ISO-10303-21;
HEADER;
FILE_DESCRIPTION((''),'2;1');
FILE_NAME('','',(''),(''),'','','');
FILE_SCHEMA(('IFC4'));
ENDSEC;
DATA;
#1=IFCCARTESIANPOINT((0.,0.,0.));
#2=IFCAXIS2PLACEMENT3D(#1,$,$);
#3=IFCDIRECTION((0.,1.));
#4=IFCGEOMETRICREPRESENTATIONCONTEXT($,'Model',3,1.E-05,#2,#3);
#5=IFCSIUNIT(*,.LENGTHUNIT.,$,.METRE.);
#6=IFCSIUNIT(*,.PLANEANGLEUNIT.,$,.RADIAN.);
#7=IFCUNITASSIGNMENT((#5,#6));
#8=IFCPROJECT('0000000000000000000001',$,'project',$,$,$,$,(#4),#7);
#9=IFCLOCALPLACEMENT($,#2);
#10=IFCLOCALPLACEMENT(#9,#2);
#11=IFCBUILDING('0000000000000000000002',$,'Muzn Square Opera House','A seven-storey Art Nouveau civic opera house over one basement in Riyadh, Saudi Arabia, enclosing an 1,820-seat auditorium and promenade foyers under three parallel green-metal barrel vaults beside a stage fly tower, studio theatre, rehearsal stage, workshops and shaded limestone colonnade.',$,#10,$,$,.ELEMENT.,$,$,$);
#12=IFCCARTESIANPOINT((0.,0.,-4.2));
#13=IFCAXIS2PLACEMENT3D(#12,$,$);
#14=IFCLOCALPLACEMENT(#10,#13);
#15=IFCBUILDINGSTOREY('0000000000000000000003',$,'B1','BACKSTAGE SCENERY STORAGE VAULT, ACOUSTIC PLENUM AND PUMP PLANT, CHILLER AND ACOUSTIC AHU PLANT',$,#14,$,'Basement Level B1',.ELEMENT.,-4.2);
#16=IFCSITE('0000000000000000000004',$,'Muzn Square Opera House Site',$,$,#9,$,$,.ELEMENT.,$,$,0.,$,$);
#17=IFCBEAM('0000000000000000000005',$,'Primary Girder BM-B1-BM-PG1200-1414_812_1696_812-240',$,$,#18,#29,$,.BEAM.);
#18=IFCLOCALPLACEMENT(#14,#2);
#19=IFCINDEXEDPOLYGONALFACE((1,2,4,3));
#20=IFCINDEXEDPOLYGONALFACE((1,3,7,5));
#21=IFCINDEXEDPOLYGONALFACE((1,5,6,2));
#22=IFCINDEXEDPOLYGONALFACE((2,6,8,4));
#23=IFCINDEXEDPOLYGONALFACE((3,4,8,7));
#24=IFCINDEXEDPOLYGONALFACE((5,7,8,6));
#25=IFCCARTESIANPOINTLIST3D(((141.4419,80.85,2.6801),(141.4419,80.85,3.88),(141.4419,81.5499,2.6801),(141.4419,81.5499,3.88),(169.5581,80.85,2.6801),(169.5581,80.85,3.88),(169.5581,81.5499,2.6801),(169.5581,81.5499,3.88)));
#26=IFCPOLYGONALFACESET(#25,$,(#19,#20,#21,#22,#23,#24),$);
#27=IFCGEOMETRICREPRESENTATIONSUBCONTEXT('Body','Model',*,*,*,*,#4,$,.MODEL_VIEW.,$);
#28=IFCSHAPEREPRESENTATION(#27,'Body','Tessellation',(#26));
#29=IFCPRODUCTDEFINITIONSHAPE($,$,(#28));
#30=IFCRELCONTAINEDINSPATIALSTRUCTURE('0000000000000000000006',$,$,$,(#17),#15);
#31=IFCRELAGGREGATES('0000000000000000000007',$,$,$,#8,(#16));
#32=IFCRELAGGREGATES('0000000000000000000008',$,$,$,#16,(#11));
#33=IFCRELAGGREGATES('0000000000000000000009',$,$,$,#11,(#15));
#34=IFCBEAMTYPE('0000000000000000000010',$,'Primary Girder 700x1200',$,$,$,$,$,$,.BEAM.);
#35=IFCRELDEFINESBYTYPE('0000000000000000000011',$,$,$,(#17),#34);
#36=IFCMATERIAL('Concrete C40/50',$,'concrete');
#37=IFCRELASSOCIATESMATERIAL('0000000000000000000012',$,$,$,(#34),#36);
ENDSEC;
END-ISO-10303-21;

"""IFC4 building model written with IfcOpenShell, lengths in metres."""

from ifc_helpers import new_model, si_unit, direction, frame, origin, origin_2d, place, context, subcontext, project, spatial, rectangle, extrude, material, material_profile, profile_set, type_object, element, save


model = new_model("IFC4")

# Units and contexts
model_context = context("Model", 3, precision=1e-05, world=origin(), true_north=direction((0.0, 1.0)))
body_context = subcontext(model_context, "Body", "Model", "MODEL_VIEW")
ifc_project = project(units=[si_unit("LENGTHUNIT", "METRE"), si_unit("PLANEANGLEUNIT", "RADIAN")], contexts=[model_context])

# Site, building, storey
site_placement = place(None, origin())
site = spatial("IfcSite", under=ifc_project, at=site_placement, Name="Muzn Square Opera House Site", CompositionType="ELEMENT", RefElevation=0.0)
building_placement = place(site_placement, origin())
building = spatial("IfcBuilding", under=site, at=building_placement, Name="Muzn Square Opera House", Description="A seven-storey Art Nouveau civic opera house over one basement in Riyadh, Saudi Arabia, enclosing an 1,820-seat auditorium and promenade foyers under three parallel green-metal barrel vaults beside a stage fly tower, studio theatre, rehearsal stage, workshops and shaded limestone colonnade.", CompositionType="ELEMENT")
storey_placement = place(building_placement, frame((0.0, 0.0, -4.2)))
storey = spatial("IfcBuildingStorey", under=building, at=storey_placement, Name="B1", Description="BACKSTAGE SCENERY STORAGE VAULT, ACOUSTIC PLENUM AND PUMP PLANT, CHILLER AND ACOUSTIC AHU PLANT", LongName="Basement Level B1", CompositionType="ELEMENT", Elevation=-4.2)

# Shared definitions
ifc_material_1 = material(Name="Concrete C40/50", Category="concrete")

# Beam
ifc_material_profile_1 = material_profile(ifc_material_1, rectangle(XDim=0.7, YDim=1.2, at=origin_2d()), Name="RCB 700x1200", Category="concrete")
ifc_profile_set_1 = profile_set([ifc_material_profile_1], Name="Concrete C40/50")
beam_type_1 = type_object("IfcBeamType", Name="Primary Girder 700x1200", PredefinedType="BEAM", material=ifc_profile_set_1)
beam_1_placement = place(storey_placement, frame((141.4419, 81.2, 3.28), z_axis=(1.0, 0.0, 0.0), x_axis=(0.0, 1.0, 0.0)))
element("IfcBeam", 1, at=beam_1_placement, inside=storey, type_object=beam_type_1, Name="Primary Girder BM-B1-BM-PG1200-1414_812_1696_812-240", PredefinedType="BEAM", context=body_context, shape_type="SweptSolid", body=[
    extrude(rectangle(XDim=0.7, YDim=1.2, at=origin_2d()), origin(), (0.0, 0.0, 1.0), 28.1162),
])

save(model, "model.ifc")
